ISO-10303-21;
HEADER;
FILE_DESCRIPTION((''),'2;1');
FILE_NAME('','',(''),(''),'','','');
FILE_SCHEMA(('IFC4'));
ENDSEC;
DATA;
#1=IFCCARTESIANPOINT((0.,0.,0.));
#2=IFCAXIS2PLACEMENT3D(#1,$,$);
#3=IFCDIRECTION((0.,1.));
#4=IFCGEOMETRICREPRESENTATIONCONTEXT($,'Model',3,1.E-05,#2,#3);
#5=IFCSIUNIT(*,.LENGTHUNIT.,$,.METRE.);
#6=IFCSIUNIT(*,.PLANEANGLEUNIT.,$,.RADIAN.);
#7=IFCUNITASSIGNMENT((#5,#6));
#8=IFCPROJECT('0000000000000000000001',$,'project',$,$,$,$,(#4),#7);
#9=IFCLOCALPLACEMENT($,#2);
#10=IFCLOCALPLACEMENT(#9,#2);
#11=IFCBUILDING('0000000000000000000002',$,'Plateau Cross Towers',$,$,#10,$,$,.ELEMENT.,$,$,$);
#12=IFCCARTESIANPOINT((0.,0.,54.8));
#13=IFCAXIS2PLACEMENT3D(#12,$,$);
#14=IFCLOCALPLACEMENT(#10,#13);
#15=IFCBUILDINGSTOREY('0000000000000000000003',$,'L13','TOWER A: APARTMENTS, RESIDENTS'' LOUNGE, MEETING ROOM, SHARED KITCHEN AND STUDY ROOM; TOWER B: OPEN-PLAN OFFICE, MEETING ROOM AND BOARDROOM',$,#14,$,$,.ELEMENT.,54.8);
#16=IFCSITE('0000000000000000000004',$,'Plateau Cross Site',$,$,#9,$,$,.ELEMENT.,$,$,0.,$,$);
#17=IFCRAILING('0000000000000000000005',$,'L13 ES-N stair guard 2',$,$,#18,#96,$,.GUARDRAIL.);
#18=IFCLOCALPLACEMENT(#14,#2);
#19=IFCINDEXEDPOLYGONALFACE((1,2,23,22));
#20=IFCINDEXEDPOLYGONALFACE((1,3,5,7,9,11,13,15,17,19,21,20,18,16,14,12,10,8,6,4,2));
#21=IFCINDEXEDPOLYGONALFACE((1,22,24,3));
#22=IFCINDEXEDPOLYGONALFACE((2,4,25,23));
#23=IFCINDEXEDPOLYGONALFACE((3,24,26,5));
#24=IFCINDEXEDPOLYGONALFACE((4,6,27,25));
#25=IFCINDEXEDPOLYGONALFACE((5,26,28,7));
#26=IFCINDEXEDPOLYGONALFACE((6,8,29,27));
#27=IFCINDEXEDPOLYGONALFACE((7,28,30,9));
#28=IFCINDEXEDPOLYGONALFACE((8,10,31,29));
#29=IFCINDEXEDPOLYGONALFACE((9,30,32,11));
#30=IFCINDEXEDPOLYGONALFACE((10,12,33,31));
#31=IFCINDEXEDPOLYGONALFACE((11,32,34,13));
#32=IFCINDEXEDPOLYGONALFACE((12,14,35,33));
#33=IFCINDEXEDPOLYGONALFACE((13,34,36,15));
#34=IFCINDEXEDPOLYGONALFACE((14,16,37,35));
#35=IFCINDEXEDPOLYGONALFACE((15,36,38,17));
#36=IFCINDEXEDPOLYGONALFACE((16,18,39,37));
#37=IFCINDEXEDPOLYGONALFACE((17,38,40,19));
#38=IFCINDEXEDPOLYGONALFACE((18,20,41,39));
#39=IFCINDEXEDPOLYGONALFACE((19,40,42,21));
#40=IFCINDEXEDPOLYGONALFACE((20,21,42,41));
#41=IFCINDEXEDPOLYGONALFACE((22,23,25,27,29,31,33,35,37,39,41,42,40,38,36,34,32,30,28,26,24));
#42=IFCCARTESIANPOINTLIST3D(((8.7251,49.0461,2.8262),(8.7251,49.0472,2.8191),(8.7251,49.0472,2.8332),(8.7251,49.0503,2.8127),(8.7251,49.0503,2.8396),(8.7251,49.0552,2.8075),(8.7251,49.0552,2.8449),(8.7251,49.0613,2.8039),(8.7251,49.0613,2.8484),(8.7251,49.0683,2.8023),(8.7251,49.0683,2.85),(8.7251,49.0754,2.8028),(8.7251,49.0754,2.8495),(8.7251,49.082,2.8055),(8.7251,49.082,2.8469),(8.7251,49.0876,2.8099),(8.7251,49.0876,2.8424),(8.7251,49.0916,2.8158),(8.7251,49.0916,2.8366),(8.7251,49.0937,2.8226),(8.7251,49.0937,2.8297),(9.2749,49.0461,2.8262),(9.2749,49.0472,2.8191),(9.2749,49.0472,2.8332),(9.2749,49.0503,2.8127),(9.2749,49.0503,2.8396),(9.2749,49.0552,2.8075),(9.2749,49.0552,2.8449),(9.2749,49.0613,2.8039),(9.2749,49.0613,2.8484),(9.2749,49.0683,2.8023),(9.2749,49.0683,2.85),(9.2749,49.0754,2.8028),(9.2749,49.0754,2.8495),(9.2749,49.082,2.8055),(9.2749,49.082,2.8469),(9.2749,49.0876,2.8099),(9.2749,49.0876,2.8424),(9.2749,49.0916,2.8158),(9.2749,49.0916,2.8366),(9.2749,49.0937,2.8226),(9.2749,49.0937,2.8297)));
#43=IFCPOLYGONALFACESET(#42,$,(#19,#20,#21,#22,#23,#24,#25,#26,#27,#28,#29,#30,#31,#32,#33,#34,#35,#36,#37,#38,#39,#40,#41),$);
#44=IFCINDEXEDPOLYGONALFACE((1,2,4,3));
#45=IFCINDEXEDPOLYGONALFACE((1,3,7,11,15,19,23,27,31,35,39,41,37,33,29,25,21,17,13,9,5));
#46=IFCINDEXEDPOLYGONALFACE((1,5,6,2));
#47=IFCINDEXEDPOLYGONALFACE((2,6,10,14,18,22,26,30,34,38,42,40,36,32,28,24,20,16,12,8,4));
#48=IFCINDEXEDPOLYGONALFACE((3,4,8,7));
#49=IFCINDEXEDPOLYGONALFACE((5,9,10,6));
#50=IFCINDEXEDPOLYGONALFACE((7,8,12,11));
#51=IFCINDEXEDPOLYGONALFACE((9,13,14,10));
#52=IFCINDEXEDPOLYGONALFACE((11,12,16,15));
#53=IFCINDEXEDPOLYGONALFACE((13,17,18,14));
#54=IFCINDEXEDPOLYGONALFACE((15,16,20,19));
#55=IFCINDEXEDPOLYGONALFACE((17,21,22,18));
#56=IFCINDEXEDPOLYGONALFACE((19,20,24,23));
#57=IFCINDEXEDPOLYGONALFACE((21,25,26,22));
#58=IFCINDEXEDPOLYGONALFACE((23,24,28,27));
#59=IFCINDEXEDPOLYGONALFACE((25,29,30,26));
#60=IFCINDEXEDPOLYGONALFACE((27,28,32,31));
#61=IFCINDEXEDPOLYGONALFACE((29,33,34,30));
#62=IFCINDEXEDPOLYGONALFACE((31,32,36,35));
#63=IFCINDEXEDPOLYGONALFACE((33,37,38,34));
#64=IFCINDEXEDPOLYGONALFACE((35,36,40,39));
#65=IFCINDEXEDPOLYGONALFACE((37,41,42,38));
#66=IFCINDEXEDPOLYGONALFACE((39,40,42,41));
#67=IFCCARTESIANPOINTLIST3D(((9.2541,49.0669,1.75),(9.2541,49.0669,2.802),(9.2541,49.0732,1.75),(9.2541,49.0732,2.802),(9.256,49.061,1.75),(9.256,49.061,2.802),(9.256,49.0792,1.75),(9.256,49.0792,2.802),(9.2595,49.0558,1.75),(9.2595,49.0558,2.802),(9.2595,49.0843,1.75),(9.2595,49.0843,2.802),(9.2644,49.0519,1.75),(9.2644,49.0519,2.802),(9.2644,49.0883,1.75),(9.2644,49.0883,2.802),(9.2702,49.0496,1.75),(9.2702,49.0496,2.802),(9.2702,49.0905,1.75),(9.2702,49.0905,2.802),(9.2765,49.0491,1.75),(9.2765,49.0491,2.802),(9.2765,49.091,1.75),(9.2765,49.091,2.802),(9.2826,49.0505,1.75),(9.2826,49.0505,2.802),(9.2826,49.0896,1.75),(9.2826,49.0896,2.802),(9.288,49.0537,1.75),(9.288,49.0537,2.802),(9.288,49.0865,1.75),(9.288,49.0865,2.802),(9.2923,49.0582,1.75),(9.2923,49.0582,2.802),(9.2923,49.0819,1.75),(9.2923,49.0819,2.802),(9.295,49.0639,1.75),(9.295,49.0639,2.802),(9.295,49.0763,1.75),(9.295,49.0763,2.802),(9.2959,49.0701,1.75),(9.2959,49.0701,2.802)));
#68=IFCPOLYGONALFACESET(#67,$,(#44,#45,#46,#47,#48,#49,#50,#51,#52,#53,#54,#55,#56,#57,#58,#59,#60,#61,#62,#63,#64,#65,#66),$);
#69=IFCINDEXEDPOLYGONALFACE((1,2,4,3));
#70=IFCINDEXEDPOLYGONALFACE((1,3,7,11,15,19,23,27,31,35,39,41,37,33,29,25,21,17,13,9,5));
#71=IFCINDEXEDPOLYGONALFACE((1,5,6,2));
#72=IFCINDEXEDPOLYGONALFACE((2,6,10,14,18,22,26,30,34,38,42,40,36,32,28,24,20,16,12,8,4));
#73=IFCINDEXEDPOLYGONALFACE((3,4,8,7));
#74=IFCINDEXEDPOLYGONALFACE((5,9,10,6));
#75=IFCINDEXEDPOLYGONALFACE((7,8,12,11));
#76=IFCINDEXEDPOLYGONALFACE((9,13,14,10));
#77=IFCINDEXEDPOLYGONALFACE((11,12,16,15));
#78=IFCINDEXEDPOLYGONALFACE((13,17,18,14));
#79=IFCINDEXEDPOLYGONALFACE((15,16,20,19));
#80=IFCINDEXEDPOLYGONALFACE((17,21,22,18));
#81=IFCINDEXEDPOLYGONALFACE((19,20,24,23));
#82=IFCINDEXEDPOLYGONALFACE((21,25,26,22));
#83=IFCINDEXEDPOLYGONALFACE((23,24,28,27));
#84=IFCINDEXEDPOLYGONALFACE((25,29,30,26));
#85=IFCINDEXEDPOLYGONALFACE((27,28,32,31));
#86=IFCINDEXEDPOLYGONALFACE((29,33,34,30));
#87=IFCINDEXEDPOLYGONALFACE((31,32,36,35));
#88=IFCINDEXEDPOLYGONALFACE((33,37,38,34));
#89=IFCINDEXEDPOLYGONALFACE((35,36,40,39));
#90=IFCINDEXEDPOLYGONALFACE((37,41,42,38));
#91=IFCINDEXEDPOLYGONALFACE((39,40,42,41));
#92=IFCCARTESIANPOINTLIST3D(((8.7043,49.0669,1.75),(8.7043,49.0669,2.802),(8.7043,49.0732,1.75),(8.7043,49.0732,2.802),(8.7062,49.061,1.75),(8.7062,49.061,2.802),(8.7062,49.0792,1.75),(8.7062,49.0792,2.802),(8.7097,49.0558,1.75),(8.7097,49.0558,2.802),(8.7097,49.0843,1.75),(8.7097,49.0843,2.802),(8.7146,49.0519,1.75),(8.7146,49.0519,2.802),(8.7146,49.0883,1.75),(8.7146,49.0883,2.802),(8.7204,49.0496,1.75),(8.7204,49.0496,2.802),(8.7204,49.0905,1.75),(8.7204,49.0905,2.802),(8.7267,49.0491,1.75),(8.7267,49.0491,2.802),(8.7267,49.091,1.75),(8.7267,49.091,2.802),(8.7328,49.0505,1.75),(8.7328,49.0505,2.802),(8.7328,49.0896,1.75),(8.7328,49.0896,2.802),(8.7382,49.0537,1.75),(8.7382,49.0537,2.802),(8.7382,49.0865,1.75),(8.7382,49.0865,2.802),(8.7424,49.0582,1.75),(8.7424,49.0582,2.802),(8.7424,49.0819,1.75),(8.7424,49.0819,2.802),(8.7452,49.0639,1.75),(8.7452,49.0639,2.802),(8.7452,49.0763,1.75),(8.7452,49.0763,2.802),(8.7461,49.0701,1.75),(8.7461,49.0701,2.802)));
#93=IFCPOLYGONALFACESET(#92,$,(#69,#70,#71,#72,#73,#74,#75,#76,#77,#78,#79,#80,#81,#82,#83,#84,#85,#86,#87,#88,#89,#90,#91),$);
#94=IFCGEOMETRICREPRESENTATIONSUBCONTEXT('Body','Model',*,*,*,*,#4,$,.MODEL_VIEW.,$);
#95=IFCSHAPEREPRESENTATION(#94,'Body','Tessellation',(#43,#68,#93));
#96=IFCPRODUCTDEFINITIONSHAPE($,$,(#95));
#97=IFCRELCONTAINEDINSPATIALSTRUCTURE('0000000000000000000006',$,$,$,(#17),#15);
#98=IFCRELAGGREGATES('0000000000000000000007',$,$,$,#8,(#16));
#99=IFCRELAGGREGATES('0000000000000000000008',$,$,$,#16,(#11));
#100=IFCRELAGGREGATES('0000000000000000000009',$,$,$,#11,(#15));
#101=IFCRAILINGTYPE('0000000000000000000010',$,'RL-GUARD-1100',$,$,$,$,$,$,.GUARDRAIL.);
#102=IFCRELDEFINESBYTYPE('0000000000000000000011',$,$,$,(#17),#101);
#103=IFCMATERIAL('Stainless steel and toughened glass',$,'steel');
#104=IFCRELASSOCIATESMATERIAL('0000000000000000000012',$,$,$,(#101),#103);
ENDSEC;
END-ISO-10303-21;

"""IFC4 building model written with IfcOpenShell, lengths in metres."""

from ifc_helpers import new_model, si_unit, direction, frame, origin, origin_2d, place, context, subcontext, project, spatial, circle, extrude, material, type_object, element, save


model = new_model("IFC4")

# Units and contexts
model_context = context("Model", 3, precision=1e-05, world=origin(), true_north=direction((0.0, 1.0)))
body_context = subcontext(model_context, "Body", "Model", "MODEL_VIEW")
ifc_project = project(units=[si_unit("LENGTHUNIT", "METRE"), si_unit("PLANEANGLEUNIT", "RADIAN")], contexts=[model_context])

# Site, building, storey
site_placement = place(None, origin())
site = spatial("IfcSite", under=ifc_project, at=site_placement, Name="Plateau Cross Site", CompositionType="ELEMENT", RefElevation=0.0)
building_placement = place(site_placement, origin())
building = spatial("IfcBuilding", under=site, at=building_placement, Name="Plateau Cross Towers", CompositionType="ELEMENT")
storey_placement = place(building_placement, frame((0.0, 0.0, 54.8)))
storey = spatial("IfcBuildingStorey", under=building, at=storey_placement, Name="L13", Description="TOWER A: APARTMENTS, RESIDENTS' LOUNGE, MEETING ROOM, SHARED KITCHEN AND STUDY ROOM; TOWER B: OPEN-PLAN OFFICE, MEETING ROOM AND BOARDROOM", CompositionType="ELEMENT", Elevation=54.8)

# Railing
ifc_material_1 = material(Name="Stainless steel and toughened glass", Category="steel")
railing_type_1 = type_object("IfcRailingType", Name="RL-GUARD-1100", PredefinedType="GUARDRAIL", material=ifc_material_1)
railing_1_placement = place(storey_placement, frame((9.2749, 49.0701, 1.75)))
element("IfcRailing", 1, at=railing_1_placement, inside=storey, type_object=railing_type_1, Name="L13 ES-N stair guard 2", PredefinedType="GUARDRAIL", context=body_context, shape_type="SweptSolid", body=[
    extrude(circle(Radius=0.0239, at=origin_2d()), frame((0.0, 0.0, 1.0762), z_axis=(-1.0, 0.0, 0.0), x_axis=(0.0, -1.0, 0.0)), (0.0, 0.0, 1.0), 0.5498),
    extrude(circle(Radius=0.021, at=origin_2d()), origin(), (0.0, 0.0, 1.0), 1.052),
    extrude(circle(Radius=0.021, at=origin_2d()), frame((-0.5498, 0.0, 0.0)), (0.0, 0.0, 1.0), 1.052),
])

save(model, "model.ifc")
